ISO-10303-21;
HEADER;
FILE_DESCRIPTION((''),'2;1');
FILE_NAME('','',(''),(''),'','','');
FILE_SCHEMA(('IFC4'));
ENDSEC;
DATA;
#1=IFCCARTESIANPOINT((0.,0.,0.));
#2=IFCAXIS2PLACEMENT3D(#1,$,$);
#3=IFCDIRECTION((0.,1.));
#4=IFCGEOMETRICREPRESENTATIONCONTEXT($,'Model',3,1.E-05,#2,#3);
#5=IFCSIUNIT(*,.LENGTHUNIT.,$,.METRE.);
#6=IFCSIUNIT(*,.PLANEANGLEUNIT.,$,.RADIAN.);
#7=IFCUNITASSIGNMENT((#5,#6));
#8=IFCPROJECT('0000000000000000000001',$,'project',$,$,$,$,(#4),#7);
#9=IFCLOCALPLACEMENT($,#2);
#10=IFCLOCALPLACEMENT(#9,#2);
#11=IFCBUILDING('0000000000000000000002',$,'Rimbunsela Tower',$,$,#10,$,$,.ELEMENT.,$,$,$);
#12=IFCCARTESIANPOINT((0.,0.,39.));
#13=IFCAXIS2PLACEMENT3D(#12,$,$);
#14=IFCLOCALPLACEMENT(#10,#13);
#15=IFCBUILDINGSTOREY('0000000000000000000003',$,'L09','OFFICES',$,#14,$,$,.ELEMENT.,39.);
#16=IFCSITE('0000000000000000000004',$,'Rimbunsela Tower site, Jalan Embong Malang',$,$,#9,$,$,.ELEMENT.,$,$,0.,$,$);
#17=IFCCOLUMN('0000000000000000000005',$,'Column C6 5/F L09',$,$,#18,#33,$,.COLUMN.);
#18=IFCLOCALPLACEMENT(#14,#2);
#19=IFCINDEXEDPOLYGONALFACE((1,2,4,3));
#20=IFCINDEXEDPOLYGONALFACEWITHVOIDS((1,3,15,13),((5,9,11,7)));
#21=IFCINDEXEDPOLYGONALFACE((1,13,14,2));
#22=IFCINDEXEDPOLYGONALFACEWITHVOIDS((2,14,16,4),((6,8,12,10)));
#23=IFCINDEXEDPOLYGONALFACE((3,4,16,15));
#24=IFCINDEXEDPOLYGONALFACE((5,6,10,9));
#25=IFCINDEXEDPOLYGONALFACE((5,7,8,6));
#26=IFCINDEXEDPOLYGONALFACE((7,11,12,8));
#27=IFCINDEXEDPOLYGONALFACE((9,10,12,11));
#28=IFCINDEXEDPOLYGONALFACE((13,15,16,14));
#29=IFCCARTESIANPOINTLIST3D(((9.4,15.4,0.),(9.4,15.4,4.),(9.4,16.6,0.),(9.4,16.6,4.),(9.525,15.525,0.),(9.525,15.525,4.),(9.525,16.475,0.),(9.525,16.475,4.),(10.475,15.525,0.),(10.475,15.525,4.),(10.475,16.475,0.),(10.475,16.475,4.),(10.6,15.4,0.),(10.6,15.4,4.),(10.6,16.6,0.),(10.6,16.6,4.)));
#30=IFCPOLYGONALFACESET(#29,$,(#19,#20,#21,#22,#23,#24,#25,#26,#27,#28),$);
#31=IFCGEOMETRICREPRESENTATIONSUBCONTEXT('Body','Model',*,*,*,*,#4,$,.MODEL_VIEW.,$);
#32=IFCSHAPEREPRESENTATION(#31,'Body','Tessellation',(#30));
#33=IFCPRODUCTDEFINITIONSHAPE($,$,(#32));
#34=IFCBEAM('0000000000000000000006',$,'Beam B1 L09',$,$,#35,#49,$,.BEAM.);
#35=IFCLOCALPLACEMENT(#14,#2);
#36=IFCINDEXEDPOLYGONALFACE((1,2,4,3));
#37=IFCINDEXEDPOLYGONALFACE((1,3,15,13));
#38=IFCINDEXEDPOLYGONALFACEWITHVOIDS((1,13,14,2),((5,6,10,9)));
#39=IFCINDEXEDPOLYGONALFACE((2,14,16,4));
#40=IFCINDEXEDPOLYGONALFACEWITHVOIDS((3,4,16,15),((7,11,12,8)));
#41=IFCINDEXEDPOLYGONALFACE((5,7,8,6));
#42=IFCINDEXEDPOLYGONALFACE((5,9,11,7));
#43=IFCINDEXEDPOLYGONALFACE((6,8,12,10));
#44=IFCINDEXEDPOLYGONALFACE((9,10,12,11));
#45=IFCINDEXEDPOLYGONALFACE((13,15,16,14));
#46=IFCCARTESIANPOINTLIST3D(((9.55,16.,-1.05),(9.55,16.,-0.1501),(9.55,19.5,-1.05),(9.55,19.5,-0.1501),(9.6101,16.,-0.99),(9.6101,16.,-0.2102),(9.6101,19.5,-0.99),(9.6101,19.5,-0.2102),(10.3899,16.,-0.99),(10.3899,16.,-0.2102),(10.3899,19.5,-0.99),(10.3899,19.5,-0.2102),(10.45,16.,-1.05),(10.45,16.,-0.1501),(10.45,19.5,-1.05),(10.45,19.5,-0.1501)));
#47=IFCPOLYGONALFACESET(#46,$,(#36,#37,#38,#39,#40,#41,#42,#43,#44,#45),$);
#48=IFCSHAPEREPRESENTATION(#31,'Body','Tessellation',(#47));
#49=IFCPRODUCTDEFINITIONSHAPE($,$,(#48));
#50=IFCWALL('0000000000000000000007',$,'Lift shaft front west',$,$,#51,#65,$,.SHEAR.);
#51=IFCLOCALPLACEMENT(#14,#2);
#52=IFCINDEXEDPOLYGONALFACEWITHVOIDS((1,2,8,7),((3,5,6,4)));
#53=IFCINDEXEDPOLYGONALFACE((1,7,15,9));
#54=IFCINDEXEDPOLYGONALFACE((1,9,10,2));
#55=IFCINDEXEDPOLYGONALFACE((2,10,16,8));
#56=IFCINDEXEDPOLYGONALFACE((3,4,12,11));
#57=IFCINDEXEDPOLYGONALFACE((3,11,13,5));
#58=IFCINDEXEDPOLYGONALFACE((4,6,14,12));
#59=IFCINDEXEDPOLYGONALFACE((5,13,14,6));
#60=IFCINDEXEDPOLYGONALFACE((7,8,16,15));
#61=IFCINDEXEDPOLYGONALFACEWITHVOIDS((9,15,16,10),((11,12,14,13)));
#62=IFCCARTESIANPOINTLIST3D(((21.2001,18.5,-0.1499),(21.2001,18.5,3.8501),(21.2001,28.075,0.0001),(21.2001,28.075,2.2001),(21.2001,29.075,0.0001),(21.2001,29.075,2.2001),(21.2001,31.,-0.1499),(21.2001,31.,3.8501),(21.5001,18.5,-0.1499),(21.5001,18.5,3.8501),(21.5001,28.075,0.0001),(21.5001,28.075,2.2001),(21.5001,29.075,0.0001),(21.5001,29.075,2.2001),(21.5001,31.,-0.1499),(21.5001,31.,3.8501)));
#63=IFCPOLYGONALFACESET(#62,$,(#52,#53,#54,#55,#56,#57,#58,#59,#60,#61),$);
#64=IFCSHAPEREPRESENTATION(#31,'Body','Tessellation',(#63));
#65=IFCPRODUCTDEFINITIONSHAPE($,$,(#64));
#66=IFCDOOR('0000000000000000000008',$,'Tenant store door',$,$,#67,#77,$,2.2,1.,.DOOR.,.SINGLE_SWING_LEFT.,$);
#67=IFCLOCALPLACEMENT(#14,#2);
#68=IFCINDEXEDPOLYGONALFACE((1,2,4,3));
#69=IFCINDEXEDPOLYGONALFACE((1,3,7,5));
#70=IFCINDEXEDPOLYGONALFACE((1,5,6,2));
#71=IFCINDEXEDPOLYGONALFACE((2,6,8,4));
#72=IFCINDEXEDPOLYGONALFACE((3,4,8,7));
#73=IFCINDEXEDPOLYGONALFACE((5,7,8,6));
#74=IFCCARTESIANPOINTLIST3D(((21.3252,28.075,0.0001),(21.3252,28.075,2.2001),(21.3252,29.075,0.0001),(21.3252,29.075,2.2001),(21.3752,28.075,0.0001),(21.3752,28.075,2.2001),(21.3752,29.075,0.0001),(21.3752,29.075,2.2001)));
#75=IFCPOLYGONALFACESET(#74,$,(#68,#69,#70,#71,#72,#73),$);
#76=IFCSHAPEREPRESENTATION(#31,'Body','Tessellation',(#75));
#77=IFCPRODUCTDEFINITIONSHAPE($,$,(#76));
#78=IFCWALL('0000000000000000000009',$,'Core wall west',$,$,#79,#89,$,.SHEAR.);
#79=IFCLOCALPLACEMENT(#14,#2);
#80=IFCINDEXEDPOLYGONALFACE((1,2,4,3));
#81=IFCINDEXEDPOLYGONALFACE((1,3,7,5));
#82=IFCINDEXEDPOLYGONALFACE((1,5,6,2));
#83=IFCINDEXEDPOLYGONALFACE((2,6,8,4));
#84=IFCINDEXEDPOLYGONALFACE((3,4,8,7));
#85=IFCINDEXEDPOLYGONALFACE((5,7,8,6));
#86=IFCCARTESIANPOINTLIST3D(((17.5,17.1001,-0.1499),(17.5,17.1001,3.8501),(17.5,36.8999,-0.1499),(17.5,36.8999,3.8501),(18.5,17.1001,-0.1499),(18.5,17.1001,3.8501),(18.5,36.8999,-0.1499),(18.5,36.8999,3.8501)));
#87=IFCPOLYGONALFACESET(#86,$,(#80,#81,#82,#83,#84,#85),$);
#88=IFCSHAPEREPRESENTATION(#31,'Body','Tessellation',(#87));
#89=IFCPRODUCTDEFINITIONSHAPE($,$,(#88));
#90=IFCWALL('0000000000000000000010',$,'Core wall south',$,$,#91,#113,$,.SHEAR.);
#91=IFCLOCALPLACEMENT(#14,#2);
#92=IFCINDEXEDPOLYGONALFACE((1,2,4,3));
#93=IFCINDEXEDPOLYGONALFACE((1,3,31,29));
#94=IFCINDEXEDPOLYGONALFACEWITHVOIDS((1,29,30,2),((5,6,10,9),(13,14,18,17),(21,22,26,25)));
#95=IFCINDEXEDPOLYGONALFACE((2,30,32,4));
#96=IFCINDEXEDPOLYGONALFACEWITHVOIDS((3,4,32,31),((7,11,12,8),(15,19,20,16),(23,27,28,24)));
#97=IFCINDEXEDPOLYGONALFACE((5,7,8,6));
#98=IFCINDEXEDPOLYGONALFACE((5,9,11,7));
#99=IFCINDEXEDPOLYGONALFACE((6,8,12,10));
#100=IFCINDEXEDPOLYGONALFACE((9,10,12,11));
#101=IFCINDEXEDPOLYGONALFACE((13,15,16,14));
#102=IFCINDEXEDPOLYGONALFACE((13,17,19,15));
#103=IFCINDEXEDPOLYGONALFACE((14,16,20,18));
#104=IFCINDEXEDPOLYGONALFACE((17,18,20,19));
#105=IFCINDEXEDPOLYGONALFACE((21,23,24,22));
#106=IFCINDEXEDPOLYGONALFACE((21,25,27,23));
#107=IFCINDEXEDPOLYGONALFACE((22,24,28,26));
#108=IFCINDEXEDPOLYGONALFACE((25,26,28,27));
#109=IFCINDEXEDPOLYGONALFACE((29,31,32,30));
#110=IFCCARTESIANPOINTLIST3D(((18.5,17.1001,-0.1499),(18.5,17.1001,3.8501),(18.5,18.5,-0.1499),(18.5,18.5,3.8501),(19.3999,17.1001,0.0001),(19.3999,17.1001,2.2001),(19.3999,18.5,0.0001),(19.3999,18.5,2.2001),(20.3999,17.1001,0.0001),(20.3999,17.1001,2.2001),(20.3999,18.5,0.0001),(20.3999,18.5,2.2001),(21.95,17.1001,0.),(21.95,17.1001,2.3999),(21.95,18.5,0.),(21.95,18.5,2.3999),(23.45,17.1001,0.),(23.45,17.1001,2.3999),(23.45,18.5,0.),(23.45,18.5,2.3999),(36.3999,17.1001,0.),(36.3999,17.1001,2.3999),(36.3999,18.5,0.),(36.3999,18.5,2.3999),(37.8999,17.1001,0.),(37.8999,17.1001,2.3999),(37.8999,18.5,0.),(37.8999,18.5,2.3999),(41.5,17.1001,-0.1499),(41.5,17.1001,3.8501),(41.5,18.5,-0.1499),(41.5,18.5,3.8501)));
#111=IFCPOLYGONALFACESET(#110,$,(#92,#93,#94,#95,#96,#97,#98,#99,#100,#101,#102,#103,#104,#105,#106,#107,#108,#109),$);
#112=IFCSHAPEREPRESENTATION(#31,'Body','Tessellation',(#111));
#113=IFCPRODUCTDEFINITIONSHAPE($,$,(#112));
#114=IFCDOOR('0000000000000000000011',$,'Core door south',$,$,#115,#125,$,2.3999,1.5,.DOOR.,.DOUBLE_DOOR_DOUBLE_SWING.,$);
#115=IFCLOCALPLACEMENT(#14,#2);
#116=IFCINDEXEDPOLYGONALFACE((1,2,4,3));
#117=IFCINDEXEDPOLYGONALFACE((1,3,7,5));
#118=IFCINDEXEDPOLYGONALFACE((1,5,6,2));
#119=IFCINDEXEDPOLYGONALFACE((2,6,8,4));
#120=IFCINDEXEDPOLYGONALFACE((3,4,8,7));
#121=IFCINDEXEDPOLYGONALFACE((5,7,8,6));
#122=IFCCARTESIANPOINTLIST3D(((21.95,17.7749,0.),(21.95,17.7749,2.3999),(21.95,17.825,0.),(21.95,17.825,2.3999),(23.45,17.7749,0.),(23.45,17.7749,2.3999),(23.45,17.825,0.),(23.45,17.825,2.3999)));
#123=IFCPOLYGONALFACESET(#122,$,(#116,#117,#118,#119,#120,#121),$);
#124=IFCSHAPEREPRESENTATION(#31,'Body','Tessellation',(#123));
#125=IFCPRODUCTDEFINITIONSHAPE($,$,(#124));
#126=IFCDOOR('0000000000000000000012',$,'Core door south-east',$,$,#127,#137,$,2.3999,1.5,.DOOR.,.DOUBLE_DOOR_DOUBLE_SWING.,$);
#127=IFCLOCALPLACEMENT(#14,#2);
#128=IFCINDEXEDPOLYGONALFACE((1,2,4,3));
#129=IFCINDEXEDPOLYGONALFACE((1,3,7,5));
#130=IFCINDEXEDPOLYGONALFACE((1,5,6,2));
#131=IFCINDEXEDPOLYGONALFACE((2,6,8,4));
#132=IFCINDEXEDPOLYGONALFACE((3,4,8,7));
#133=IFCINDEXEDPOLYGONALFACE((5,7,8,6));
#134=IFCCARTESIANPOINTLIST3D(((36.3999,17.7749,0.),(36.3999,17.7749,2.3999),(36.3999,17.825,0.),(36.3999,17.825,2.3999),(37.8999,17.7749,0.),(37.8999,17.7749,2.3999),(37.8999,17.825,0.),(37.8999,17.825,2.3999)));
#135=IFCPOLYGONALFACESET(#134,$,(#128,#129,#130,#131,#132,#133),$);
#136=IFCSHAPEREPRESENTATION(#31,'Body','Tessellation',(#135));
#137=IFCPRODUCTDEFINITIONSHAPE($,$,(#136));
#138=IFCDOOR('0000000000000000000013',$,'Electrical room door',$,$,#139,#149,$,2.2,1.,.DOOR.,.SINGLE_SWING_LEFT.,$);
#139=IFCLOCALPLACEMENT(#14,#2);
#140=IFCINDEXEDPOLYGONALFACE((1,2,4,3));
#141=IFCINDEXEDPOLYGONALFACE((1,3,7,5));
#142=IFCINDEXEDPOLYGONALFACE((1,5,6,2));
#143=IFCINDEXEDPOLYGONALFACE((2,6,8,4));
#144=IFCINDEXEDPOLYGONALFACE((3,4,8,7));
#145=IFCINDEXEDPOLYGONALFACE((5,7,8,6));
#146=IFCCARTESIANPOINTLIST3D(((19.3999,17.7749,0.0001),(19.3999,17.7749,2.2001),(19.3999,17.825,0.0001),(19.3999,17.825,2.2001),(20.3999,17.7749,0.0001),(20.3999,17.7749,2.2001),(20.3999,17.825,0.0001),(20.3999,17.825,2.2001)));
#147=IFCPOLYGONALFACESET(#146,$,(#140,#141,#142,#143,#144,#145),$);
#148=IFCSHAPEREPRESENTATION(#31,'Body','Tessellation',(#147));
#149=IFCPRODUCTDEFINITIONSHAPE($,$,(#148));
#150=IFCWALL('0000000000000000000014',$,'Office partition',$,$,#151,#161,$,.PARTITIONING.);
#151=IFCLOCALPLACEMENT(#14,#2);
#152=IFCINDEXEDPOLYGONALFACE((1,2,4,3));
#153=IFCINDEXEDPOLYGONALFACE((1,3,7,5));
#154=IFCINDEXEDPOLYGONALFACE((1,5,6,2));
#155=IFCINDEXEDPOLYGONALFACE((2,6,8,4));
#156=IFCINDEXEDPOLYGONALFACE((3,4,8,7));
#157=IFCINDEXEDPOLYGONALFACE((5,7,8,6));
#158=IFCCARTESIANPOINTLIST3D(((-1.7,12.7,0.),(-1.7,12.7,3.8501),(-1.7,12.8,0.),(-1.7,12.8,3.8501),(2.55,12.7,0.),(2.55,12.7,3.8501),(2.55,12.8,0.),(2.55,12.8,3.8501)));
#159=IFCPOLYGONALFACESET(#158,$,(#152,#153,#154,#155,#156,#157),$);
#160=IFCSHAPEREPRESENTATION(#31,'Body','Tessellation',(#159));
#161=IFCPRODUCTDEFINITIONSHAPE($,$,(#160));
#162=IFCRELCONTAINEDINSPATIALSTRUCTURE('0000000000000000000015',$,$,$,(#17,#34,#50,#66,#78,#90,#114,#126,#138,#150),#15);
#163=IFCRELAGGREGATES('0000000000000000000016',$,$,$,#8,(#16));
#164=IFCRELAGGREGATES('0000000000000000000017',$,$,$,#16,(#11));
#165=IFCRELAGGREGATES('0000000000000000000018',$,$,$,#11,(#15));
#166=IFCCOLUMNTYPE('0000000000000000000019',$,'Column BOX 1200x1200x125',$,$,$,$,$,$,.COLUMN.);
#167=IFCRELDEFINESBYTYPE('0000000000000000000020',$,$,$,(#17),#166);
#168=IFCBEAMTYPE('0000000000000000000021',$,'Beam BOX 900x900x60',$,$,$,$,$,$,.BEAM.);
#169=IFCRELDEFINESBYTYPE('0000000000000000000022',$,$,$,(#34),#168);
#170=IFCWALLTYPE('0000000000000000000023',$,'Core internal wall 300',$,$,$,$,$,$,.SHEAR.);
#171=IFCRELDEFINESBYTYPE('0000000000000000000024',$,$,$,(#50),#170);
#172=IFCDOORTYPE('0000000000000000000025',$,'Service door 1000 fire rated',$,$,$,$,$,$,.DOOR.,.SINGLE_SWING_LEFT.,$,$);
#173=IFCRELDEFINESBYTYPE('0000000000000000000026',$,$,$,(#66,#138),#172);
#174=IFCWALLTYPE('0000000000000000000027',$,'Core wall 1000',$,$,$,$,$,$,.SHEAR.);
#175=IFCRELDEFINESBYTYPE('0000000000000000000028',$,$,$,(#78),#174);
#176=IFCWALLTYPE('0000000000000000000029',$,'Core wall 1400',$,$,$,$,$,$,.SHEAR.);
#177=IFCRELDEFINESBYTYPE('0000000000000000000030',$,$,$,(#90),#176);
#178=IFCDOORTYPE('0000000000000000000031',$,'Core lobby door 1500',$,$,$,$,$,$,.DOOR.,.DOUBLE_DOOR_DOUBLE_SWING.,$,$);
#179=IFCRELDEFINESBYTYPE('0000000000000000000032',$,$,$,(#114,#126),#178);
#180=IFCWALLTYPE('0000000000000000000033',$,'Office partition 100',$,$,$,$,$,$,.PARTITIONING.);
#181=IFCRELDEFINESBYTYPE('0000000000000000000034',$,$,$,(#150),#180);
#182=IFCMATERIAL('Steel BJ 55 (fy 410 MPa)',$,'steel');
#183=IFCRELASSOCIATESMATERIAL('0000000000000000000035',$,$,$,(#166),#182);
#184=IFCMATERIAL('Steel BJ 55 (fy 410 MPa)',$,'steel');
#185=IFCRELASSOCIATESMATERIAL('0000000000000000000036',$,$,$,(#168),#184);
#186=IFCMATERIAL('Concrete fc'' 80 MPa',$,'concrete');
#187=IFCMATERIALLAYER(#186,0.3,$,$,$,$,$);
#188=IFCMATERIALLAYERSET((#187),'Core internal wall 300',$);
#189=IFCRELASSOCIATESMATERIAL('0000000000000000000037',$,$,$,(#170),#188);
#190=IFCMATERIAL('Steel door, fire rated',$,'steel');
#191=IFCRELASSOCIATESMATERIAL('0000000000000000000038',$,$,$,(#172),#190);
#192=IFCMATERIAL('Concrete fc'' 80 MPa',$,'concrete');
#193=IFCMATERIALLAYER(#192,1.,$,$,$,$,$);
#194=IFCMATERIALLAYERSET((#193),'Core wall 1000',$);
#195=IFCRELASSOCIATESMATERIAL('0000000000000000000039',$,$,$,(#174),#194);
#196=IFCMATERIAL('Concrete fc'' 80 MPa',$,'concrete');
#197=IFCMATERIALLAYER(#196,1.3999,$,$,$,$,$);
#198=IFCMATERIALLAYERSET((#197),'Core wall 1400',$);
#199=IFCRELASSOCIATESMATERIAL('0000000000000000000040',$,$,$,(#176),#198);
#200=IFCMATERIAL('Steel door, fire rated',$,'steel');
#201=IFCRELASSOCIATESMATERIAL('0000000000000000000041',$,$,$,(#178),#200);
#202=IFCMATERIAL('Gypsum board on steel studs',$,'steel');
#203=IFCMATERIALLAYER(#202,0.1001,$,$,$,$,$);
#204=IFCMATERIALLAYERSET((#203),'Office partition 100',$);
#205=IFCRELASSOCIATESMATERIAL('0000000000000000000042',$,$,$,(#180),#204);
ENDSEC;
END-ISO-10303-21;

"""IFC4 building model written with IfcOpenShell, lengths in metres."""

from ifc_helpers import new_model, si_unit, direction, frame, frame_2d, origin, origin_2d, place, context, subcontext, project, spatial, rectangle, hollow_rectangle, extrude, material, layer, layer_set, material_profile, profile_set, type_object, element, fill, save


model = new_model("IFC4")

# Units and contexts
model_context = context("Model", 3, precision=1e-05, world=origin(), true_north=direction((0.0, 1.0)))
body_context = subcontext(model_context, "Body", "Model", "MODEL_VIEW")
ifc_project = project(units=[si_unit("LENGTHUNIT", "METRE"), si_unit("PLANEANGLEUNIT", "RADIAN")], contexts=[model_context])

# Site, building, storey
site_placement = place(None, origin())
site = spatial("IfcSite", under=ifc_project, at=site_placement, Name="Rimbunsela Tower site, Jalan Embong Malang", CompositionType="ELEMENT", RefElevation=0.0)
building_placement = place(site_placement, origin())
building = spatial("IfcBuilding", under=site, at=building_placement, Name="Rimbunsela Tower", CompositionType="ELEMENT")
storey_placement = place(building_placement, frame((0.0, 0.0, 39.0)))
storey = spatial("IfcBuildingStorey", under=building, at=storey_placement, Name="L09", Description="OFFICES", CompositionType="ELEMENT", Elevation=39.0)

# Column
ifc_material_1 = material(Name="Steel BJ 55 (fy 410 MPa)", Category="steel")
ifc_material_profile_1 = material_profile(ifc_material_1, hollow_rectangle(XDim=1.2, YDim=1.2, WallThickness=0.125, at=origin_2d()), Name="BOX 1200x1200x125")
ifc_profile_set_1 = profile_set([ifc_material_profile_1], Name="Steel BJ 55 (fy 410 MPa)")
column_type = type_object("IfcColumnType", Name="Column BOX 1200x1200x125", PredefinedType="COLUMN", material=ifc_profile_set_1)
column_placement = place(storey_placement, frame((10.0, 16.0, 0.0), z_axis=(0.0, 0.0, 1.0), x_axis=(1.0, 0.0, 0.0)))
element("IfcColumn", 1, at=column_placement, inside=storey, type_object=column_type, Name="Column C6 5/F L09", PredefinedType="COLUMN", context=body_context, shape_type="SweptSolid", body=[
    extrude(hollow_rectangle(XDim=1.2, YDim=1.2, WallThickness=0.125, at=origin_2d()), origin(), (0.0, 0.0, 1.0), 4.0),
])

# Beam
ifc_material_2 = material(Name="Steel BJ 55 (fy 410 MPa)", Category="steel")
ifc_material_profile_2 = material_profile(ifc_material_2, hollow_rectangle(XDim=0.8999, YDim=0.8999, WallThickness=0.0601, at=origin_2d()), Name="BOX 900x900x60")
ifc_profile_set_2 = profile_set([ifc_material_profile_2], Name="Steel BJ 55 (fy 410 MPa)")
beam_type = type_object("IfcBeamType", Name="Beam BOX 900x900x60", PredefinedType="BEAM", material=ifc_profile_set_2)
beam_placement = place(storey_placement, frame((10.0, 16.0, -0.6001), z_axis=(0.0, 1.0, 0.0), x_axis=(-1.0, 0.0, 0.0)))
element("IfcBeam", 2, at=beam_placement, inside=storey, type_object=beam_type, Name="Beam B1 L09", PredefinedType="BEAM", context=body_context, shape_type="SweptSolid", body=[
    extrude(hollow_rectangle(XDim=0.8999, YDim=0.8999, WallThickness=0.0601, at=origin_2d()), origin(), (0.0, 0.0, 1.0), 3.5),
])

# Wall, opening, door
ifc_material_3 = material(Name="Concrete fc' 80 MPa", Category="concrete")
ifc_layer_1 = layer(ifc_material_3, 0.3)
ifc_layer_set_1 = layer_set([ifc_layer_1], Name="Core internal wall 300")
wall_type_1 = type_object("IfcWallType", Name="Core internal wall 300", PredefinedType="SHEAR", material=ifc_layer_set_1)
wall_1_placement = place(storey_placement, frame((21.3501, 18.5, -0.1499), z_axis=(0.0, 0.0, 1.0), x_axis=(0.0, 1.0, 0.0)))
wall_1 = element("IfcWall", 3, at=wall_1_placement, inside=storey, type_object=wall_type_1, Name="Lift shaft front west", PredefinedType="SHEAR", context=body_context, shape_type="SweptSolid", body=[
    extrude(rectangle(XDim=12.5, YDim=0.3, at=frame_2d((6.25, 0.0))), origin(), (0.0, 0.0, 1.0), 4.0),
])
opening_1_placement = place(wall_1_placement, frame((9.575, 0.0, 0.1499)))
opening_1 = element("IfcOpeningElement", 4, at=opening_1_placement, cuts=wall_1, PredefinedType="OPENING", context=body_context, shape_type="SweptSolid", body=[
    extrude(rectangle(XDim=1.0, YDim=2.2, at=frame_2d((0.5, 1.1001))), frame((0.0, 0.1599, 0.0), z_axis=(0.0, -1.0, 0.0), x_axis=(1.0, 0.0, 0.0)), (0.0, 0.0, 1.0), 0.3201),
])
ifc_material_4 = material(Name="Steel door, fire rated", Category="steel")
door_type_1 = type_object("IfcDoorType", Name="Service door 1000 fire rated", OperationType="SINGLE_SWING_LEFT", PredefinedType="DOOR", material=ifc_material_4)
door_1_placement = place(opening_1_placement, origin())
door_1 = element("IfcDoor", 5, at=door_1_placement, inside=storey, type_object=door_type_1, Name="Tenant store door", OperationType="SINGLE_SWING_LEFT", OverallHeight=2.2, OverallWidth=1.0, PredefinedType="DOOR", context=body_context, shape_type="SweptSolid", body=[
    extrude(rectangle(XDim=1.0, YDim=2.2, at=frame_2d((0.5, 1.1001))), frame((0.0, 0.0249, 0.0), z_axis=(0.0, -1.0, 0.0), x_axis=(1.0, 0.0, 0.0)), (0.0, 0.0, 1.0), 0.05),
])
fill(opening_1, door_1)

# Wall
ifc_material_5 = material(Name="Concrete fc' 80 MPa", Category="concrete")
ifc_layer_2 = layer(ifc_material_5, 1.0)
ifc_layer_set_2 = layer_set([ifc_layer_2], Name="Core wall 1000")
wall_type_2 = type_object("IfcWallType", Name="Core wall 1000", PredefinedType="SHEAR", material=ifc_layer_set_2)
wall_2_placement = place(storey_placement, frame((18.0, 17.1001, -0.1499), z_axis=(0.0, 0.0, 1.0), x_axis=(0.0, 1.0, 0.0)))
element("IfcWall", 6, at=wall_2_placement, inside=storey, type_object=wall_type_2, Name="Core wall west", PredefinedType="SHEAR", context=body_context, shape_type="SweptSolid", body=[
    extrude(rectangle(XDim=19.7998, YDim=1.0, at=frame_2d((9.8999, 0.0))), origin(), (0.0, 0.0, 1.0), 4.0),
])

# Wall, openings, doors
ifc_material_6 = material(Name="Concrete fc' 80 MPa", Category="concrete")
ifc_layer_3 = layer(ifc_material_6, 1.3999)
ifc_layer_set_3 = layer_set([ifc_layer_3], Name="Core wall 1400")
wall_type_3 = type_object("IfcWallType", Name="Core wall 1400", PredefinedType="SHEAR", material=ifc_layer_set_3)
wall_3_placement = place(storey_placement, frame((18.5, 17.8, -0.1499), z_axis=(0.0, 0.0, 1.0), x_axis=(1.0, 0.0, 0.0)))
wall_3 = element("IfcWall", 7, at=wall_3_placement, inside=storey, type_object=wall_type_3, Name="Core wall south", PredefinedType="SHEAR", context=body_context, shape_type="SweptSolid", body=[
    extrude(rectangle(XDim=23.0, YDim=1.3999, at=frame_2d((11.5, 0.0))), origin(), (0.0, 0.0, 1.0), 4.0),
])
opening_2_placement = place(wall_3_placement, frame((3.45, 0.0, 0.1499)))
opening_2 = element("IfcOpeningElement", 8, at=opening_2_placement, cuts=wall_3, PredefinedType="OPENING", context=body_context, shape_type="SweptSolid", body=[
    extrude(rectangle(XDim=1.5, YDim=2.3999, at=frame_2d((0.75, 1.2))), frame((0.0, 0.71, 0.0), z_axis=(0.0, -1.0, 0.0), x_axis=(1.0, 0.0, 0.0)), (0.0, 0.0, 1.0), 1.4199),
])
opening_3_placement = place(wall_3_placement, frame((17.8999, 0.0, 0.1499)))
opening_3 = element("IfcOpeningElement", 9, at=opening_3_placement, cuts=wall_3, PredefinedType="OPENING", context=body_context, shape_type="SweptSolid", body=[
    extrude(rectangle(XDim=1.5, YDim=2.3999, at=frame_2d((0.75, 1.2))), frame((0.0, 0.71, 0.0), z_axis=(0.0, -1.0, 0.0), x_axis=(1.0, 0.0, 0.0)), (0.0, 0.0, 1.0), 1.4199),
])
opening_4_placement = place(wall_3_placement, frame((0.8999, 0.0, 0.1499)))
opening_4 = element("IfcOpeningElement", 10, at=opening_4_placement, cuts=wall_3, PredefinedType="OPENING", context=body_context, shape_type="SweptSolid", body=[
    extrude(rectangle(XDim=1.0, YDim=2.2, at=frame_2d((0.5, 1.1001))), frame((0.0, 0.71, 0.0), z_axis=(0.0, -1.0, 0.0), x_axis=(1.0, 0.0, 0.0)), (0.0, 0.0, 1.0), 1.4199),
])
ifc_material_7 = material(Name="Steel door, fire rated", Category="steel")
door_type_2 = type_object("IfcDoorType", Name="Core lobby door 1500", OperationType="DOUBLE_DOOR_DOUBLE_SWING", PredefinedType="DOOR", material=ifc_material_7)
door_2_placement = place(opening_2_placement, origin())
door_2 = element("IfcDoor", 11, at=door_2_placement, inside=storey, type_object=door_type_2, Name="Core door south", OperationType="DOUBLE_DOOR_DOUBLE_SWING", OverallHeight=2.3999, OverallWidth=1.5, PredefinedType="DOOR", context=body_context, shape_type="SweptSolid", body=[
    extrude(rectangle(XDim=1.5, YDim=2.3999, at=frame_2d((0.75, 1.2))), frame((0.0, 0.0249, 0.0), z_axis=(0.0, -1.0, 0.0), x_axis=(1.0, 0.0, 0.0)), (0.0, 0.0, 1.0), 0.05),
])
fill(opening_2, door_2)
door_3_placement = place(opening_3_placement, origin())
door_3 = element("IfcDoor", 12, at=door_3_placement, inside=storey, type_object=door_type_2, Name="Core door south-east", OperationType="DOUBLE_DOOR_DOUBLE_SWING", OverallHeight=2.3999, OverallWidth=1.5, PredefinedType="DOOR", context=body_context, shape_type="SweptSolid", body=[
    extrude(rectangle(XDim=1.5, YDim=2.3999, at=frame_2d((0.75, 1.2))), frame((0.0, 0.0249, 0.0), z_axis=(0.0, -1.0, 0.0), x_axis=(1.0, 0.0, 0.0)), (0.0, 0.0, 1.0), 0.05),
])
fill(opening_3, door_3)
door_4_placement = place(opening_4_placement, origin())
door_4 = element("IfcDoor", 13, at=door_4_placement, inside=storey, type_object=door_type_1, Name="Electrical room door", OperationType="SINGLE_SWING_LEFT", OverallHeight=2.2, OverallWidth=1.0, PredefinedType="DOOR", context=body_context, shape_type="SweptSolid", body=[
    extrude(rectangle(XDim=1.0, YDim=2.2, at=frame_2d((0.5, 1.1001))), frame((0.0, 0.0249, 0.0), z_axis=(0.0, -1.0, 0.0), x_axis=(1.0, 0.0, 0.0)), (0.0, 0.0, 1.0), 0.05),
])
fill(opening_4, door_4)

# Wall
ifc_material_8 = material(Name="Gypsum board on steel studs", Category="steel")
ifc_layer_4 = layer(ifc_material_8, 0.1001)
ifc_layer_set_4 = layer_set([ifc_layer_4], Name="Office partition 100")
wall_type_4 = type_object("IfcWallType", Name="Office partition 100", PredefinedType="PARTITIONING", material=ifc_layer_set_4)
wall_4_placement = place(storey_placement, frame((-1.7, 12.75, 0.0), z_axis=(0.0, 0.0, 1.0), x_axis=(1.0, 0.0, 0.0)))
element("IfcWall", 14, at=wall_4_placement, inside=storey, type_object=wall_type_4, Name="Office partition", PredefinedType="PARTITIONING", context=body_context, shape_type="SweptSolid", body=[
    extrude(rectangle(XDim=4.25, YDim=0.1001, at=frame_2d((2.125, 0.0))), origin(), (0.0, 0.0, 1.0), 3.8501),
])

save(model, "model.ifc")
